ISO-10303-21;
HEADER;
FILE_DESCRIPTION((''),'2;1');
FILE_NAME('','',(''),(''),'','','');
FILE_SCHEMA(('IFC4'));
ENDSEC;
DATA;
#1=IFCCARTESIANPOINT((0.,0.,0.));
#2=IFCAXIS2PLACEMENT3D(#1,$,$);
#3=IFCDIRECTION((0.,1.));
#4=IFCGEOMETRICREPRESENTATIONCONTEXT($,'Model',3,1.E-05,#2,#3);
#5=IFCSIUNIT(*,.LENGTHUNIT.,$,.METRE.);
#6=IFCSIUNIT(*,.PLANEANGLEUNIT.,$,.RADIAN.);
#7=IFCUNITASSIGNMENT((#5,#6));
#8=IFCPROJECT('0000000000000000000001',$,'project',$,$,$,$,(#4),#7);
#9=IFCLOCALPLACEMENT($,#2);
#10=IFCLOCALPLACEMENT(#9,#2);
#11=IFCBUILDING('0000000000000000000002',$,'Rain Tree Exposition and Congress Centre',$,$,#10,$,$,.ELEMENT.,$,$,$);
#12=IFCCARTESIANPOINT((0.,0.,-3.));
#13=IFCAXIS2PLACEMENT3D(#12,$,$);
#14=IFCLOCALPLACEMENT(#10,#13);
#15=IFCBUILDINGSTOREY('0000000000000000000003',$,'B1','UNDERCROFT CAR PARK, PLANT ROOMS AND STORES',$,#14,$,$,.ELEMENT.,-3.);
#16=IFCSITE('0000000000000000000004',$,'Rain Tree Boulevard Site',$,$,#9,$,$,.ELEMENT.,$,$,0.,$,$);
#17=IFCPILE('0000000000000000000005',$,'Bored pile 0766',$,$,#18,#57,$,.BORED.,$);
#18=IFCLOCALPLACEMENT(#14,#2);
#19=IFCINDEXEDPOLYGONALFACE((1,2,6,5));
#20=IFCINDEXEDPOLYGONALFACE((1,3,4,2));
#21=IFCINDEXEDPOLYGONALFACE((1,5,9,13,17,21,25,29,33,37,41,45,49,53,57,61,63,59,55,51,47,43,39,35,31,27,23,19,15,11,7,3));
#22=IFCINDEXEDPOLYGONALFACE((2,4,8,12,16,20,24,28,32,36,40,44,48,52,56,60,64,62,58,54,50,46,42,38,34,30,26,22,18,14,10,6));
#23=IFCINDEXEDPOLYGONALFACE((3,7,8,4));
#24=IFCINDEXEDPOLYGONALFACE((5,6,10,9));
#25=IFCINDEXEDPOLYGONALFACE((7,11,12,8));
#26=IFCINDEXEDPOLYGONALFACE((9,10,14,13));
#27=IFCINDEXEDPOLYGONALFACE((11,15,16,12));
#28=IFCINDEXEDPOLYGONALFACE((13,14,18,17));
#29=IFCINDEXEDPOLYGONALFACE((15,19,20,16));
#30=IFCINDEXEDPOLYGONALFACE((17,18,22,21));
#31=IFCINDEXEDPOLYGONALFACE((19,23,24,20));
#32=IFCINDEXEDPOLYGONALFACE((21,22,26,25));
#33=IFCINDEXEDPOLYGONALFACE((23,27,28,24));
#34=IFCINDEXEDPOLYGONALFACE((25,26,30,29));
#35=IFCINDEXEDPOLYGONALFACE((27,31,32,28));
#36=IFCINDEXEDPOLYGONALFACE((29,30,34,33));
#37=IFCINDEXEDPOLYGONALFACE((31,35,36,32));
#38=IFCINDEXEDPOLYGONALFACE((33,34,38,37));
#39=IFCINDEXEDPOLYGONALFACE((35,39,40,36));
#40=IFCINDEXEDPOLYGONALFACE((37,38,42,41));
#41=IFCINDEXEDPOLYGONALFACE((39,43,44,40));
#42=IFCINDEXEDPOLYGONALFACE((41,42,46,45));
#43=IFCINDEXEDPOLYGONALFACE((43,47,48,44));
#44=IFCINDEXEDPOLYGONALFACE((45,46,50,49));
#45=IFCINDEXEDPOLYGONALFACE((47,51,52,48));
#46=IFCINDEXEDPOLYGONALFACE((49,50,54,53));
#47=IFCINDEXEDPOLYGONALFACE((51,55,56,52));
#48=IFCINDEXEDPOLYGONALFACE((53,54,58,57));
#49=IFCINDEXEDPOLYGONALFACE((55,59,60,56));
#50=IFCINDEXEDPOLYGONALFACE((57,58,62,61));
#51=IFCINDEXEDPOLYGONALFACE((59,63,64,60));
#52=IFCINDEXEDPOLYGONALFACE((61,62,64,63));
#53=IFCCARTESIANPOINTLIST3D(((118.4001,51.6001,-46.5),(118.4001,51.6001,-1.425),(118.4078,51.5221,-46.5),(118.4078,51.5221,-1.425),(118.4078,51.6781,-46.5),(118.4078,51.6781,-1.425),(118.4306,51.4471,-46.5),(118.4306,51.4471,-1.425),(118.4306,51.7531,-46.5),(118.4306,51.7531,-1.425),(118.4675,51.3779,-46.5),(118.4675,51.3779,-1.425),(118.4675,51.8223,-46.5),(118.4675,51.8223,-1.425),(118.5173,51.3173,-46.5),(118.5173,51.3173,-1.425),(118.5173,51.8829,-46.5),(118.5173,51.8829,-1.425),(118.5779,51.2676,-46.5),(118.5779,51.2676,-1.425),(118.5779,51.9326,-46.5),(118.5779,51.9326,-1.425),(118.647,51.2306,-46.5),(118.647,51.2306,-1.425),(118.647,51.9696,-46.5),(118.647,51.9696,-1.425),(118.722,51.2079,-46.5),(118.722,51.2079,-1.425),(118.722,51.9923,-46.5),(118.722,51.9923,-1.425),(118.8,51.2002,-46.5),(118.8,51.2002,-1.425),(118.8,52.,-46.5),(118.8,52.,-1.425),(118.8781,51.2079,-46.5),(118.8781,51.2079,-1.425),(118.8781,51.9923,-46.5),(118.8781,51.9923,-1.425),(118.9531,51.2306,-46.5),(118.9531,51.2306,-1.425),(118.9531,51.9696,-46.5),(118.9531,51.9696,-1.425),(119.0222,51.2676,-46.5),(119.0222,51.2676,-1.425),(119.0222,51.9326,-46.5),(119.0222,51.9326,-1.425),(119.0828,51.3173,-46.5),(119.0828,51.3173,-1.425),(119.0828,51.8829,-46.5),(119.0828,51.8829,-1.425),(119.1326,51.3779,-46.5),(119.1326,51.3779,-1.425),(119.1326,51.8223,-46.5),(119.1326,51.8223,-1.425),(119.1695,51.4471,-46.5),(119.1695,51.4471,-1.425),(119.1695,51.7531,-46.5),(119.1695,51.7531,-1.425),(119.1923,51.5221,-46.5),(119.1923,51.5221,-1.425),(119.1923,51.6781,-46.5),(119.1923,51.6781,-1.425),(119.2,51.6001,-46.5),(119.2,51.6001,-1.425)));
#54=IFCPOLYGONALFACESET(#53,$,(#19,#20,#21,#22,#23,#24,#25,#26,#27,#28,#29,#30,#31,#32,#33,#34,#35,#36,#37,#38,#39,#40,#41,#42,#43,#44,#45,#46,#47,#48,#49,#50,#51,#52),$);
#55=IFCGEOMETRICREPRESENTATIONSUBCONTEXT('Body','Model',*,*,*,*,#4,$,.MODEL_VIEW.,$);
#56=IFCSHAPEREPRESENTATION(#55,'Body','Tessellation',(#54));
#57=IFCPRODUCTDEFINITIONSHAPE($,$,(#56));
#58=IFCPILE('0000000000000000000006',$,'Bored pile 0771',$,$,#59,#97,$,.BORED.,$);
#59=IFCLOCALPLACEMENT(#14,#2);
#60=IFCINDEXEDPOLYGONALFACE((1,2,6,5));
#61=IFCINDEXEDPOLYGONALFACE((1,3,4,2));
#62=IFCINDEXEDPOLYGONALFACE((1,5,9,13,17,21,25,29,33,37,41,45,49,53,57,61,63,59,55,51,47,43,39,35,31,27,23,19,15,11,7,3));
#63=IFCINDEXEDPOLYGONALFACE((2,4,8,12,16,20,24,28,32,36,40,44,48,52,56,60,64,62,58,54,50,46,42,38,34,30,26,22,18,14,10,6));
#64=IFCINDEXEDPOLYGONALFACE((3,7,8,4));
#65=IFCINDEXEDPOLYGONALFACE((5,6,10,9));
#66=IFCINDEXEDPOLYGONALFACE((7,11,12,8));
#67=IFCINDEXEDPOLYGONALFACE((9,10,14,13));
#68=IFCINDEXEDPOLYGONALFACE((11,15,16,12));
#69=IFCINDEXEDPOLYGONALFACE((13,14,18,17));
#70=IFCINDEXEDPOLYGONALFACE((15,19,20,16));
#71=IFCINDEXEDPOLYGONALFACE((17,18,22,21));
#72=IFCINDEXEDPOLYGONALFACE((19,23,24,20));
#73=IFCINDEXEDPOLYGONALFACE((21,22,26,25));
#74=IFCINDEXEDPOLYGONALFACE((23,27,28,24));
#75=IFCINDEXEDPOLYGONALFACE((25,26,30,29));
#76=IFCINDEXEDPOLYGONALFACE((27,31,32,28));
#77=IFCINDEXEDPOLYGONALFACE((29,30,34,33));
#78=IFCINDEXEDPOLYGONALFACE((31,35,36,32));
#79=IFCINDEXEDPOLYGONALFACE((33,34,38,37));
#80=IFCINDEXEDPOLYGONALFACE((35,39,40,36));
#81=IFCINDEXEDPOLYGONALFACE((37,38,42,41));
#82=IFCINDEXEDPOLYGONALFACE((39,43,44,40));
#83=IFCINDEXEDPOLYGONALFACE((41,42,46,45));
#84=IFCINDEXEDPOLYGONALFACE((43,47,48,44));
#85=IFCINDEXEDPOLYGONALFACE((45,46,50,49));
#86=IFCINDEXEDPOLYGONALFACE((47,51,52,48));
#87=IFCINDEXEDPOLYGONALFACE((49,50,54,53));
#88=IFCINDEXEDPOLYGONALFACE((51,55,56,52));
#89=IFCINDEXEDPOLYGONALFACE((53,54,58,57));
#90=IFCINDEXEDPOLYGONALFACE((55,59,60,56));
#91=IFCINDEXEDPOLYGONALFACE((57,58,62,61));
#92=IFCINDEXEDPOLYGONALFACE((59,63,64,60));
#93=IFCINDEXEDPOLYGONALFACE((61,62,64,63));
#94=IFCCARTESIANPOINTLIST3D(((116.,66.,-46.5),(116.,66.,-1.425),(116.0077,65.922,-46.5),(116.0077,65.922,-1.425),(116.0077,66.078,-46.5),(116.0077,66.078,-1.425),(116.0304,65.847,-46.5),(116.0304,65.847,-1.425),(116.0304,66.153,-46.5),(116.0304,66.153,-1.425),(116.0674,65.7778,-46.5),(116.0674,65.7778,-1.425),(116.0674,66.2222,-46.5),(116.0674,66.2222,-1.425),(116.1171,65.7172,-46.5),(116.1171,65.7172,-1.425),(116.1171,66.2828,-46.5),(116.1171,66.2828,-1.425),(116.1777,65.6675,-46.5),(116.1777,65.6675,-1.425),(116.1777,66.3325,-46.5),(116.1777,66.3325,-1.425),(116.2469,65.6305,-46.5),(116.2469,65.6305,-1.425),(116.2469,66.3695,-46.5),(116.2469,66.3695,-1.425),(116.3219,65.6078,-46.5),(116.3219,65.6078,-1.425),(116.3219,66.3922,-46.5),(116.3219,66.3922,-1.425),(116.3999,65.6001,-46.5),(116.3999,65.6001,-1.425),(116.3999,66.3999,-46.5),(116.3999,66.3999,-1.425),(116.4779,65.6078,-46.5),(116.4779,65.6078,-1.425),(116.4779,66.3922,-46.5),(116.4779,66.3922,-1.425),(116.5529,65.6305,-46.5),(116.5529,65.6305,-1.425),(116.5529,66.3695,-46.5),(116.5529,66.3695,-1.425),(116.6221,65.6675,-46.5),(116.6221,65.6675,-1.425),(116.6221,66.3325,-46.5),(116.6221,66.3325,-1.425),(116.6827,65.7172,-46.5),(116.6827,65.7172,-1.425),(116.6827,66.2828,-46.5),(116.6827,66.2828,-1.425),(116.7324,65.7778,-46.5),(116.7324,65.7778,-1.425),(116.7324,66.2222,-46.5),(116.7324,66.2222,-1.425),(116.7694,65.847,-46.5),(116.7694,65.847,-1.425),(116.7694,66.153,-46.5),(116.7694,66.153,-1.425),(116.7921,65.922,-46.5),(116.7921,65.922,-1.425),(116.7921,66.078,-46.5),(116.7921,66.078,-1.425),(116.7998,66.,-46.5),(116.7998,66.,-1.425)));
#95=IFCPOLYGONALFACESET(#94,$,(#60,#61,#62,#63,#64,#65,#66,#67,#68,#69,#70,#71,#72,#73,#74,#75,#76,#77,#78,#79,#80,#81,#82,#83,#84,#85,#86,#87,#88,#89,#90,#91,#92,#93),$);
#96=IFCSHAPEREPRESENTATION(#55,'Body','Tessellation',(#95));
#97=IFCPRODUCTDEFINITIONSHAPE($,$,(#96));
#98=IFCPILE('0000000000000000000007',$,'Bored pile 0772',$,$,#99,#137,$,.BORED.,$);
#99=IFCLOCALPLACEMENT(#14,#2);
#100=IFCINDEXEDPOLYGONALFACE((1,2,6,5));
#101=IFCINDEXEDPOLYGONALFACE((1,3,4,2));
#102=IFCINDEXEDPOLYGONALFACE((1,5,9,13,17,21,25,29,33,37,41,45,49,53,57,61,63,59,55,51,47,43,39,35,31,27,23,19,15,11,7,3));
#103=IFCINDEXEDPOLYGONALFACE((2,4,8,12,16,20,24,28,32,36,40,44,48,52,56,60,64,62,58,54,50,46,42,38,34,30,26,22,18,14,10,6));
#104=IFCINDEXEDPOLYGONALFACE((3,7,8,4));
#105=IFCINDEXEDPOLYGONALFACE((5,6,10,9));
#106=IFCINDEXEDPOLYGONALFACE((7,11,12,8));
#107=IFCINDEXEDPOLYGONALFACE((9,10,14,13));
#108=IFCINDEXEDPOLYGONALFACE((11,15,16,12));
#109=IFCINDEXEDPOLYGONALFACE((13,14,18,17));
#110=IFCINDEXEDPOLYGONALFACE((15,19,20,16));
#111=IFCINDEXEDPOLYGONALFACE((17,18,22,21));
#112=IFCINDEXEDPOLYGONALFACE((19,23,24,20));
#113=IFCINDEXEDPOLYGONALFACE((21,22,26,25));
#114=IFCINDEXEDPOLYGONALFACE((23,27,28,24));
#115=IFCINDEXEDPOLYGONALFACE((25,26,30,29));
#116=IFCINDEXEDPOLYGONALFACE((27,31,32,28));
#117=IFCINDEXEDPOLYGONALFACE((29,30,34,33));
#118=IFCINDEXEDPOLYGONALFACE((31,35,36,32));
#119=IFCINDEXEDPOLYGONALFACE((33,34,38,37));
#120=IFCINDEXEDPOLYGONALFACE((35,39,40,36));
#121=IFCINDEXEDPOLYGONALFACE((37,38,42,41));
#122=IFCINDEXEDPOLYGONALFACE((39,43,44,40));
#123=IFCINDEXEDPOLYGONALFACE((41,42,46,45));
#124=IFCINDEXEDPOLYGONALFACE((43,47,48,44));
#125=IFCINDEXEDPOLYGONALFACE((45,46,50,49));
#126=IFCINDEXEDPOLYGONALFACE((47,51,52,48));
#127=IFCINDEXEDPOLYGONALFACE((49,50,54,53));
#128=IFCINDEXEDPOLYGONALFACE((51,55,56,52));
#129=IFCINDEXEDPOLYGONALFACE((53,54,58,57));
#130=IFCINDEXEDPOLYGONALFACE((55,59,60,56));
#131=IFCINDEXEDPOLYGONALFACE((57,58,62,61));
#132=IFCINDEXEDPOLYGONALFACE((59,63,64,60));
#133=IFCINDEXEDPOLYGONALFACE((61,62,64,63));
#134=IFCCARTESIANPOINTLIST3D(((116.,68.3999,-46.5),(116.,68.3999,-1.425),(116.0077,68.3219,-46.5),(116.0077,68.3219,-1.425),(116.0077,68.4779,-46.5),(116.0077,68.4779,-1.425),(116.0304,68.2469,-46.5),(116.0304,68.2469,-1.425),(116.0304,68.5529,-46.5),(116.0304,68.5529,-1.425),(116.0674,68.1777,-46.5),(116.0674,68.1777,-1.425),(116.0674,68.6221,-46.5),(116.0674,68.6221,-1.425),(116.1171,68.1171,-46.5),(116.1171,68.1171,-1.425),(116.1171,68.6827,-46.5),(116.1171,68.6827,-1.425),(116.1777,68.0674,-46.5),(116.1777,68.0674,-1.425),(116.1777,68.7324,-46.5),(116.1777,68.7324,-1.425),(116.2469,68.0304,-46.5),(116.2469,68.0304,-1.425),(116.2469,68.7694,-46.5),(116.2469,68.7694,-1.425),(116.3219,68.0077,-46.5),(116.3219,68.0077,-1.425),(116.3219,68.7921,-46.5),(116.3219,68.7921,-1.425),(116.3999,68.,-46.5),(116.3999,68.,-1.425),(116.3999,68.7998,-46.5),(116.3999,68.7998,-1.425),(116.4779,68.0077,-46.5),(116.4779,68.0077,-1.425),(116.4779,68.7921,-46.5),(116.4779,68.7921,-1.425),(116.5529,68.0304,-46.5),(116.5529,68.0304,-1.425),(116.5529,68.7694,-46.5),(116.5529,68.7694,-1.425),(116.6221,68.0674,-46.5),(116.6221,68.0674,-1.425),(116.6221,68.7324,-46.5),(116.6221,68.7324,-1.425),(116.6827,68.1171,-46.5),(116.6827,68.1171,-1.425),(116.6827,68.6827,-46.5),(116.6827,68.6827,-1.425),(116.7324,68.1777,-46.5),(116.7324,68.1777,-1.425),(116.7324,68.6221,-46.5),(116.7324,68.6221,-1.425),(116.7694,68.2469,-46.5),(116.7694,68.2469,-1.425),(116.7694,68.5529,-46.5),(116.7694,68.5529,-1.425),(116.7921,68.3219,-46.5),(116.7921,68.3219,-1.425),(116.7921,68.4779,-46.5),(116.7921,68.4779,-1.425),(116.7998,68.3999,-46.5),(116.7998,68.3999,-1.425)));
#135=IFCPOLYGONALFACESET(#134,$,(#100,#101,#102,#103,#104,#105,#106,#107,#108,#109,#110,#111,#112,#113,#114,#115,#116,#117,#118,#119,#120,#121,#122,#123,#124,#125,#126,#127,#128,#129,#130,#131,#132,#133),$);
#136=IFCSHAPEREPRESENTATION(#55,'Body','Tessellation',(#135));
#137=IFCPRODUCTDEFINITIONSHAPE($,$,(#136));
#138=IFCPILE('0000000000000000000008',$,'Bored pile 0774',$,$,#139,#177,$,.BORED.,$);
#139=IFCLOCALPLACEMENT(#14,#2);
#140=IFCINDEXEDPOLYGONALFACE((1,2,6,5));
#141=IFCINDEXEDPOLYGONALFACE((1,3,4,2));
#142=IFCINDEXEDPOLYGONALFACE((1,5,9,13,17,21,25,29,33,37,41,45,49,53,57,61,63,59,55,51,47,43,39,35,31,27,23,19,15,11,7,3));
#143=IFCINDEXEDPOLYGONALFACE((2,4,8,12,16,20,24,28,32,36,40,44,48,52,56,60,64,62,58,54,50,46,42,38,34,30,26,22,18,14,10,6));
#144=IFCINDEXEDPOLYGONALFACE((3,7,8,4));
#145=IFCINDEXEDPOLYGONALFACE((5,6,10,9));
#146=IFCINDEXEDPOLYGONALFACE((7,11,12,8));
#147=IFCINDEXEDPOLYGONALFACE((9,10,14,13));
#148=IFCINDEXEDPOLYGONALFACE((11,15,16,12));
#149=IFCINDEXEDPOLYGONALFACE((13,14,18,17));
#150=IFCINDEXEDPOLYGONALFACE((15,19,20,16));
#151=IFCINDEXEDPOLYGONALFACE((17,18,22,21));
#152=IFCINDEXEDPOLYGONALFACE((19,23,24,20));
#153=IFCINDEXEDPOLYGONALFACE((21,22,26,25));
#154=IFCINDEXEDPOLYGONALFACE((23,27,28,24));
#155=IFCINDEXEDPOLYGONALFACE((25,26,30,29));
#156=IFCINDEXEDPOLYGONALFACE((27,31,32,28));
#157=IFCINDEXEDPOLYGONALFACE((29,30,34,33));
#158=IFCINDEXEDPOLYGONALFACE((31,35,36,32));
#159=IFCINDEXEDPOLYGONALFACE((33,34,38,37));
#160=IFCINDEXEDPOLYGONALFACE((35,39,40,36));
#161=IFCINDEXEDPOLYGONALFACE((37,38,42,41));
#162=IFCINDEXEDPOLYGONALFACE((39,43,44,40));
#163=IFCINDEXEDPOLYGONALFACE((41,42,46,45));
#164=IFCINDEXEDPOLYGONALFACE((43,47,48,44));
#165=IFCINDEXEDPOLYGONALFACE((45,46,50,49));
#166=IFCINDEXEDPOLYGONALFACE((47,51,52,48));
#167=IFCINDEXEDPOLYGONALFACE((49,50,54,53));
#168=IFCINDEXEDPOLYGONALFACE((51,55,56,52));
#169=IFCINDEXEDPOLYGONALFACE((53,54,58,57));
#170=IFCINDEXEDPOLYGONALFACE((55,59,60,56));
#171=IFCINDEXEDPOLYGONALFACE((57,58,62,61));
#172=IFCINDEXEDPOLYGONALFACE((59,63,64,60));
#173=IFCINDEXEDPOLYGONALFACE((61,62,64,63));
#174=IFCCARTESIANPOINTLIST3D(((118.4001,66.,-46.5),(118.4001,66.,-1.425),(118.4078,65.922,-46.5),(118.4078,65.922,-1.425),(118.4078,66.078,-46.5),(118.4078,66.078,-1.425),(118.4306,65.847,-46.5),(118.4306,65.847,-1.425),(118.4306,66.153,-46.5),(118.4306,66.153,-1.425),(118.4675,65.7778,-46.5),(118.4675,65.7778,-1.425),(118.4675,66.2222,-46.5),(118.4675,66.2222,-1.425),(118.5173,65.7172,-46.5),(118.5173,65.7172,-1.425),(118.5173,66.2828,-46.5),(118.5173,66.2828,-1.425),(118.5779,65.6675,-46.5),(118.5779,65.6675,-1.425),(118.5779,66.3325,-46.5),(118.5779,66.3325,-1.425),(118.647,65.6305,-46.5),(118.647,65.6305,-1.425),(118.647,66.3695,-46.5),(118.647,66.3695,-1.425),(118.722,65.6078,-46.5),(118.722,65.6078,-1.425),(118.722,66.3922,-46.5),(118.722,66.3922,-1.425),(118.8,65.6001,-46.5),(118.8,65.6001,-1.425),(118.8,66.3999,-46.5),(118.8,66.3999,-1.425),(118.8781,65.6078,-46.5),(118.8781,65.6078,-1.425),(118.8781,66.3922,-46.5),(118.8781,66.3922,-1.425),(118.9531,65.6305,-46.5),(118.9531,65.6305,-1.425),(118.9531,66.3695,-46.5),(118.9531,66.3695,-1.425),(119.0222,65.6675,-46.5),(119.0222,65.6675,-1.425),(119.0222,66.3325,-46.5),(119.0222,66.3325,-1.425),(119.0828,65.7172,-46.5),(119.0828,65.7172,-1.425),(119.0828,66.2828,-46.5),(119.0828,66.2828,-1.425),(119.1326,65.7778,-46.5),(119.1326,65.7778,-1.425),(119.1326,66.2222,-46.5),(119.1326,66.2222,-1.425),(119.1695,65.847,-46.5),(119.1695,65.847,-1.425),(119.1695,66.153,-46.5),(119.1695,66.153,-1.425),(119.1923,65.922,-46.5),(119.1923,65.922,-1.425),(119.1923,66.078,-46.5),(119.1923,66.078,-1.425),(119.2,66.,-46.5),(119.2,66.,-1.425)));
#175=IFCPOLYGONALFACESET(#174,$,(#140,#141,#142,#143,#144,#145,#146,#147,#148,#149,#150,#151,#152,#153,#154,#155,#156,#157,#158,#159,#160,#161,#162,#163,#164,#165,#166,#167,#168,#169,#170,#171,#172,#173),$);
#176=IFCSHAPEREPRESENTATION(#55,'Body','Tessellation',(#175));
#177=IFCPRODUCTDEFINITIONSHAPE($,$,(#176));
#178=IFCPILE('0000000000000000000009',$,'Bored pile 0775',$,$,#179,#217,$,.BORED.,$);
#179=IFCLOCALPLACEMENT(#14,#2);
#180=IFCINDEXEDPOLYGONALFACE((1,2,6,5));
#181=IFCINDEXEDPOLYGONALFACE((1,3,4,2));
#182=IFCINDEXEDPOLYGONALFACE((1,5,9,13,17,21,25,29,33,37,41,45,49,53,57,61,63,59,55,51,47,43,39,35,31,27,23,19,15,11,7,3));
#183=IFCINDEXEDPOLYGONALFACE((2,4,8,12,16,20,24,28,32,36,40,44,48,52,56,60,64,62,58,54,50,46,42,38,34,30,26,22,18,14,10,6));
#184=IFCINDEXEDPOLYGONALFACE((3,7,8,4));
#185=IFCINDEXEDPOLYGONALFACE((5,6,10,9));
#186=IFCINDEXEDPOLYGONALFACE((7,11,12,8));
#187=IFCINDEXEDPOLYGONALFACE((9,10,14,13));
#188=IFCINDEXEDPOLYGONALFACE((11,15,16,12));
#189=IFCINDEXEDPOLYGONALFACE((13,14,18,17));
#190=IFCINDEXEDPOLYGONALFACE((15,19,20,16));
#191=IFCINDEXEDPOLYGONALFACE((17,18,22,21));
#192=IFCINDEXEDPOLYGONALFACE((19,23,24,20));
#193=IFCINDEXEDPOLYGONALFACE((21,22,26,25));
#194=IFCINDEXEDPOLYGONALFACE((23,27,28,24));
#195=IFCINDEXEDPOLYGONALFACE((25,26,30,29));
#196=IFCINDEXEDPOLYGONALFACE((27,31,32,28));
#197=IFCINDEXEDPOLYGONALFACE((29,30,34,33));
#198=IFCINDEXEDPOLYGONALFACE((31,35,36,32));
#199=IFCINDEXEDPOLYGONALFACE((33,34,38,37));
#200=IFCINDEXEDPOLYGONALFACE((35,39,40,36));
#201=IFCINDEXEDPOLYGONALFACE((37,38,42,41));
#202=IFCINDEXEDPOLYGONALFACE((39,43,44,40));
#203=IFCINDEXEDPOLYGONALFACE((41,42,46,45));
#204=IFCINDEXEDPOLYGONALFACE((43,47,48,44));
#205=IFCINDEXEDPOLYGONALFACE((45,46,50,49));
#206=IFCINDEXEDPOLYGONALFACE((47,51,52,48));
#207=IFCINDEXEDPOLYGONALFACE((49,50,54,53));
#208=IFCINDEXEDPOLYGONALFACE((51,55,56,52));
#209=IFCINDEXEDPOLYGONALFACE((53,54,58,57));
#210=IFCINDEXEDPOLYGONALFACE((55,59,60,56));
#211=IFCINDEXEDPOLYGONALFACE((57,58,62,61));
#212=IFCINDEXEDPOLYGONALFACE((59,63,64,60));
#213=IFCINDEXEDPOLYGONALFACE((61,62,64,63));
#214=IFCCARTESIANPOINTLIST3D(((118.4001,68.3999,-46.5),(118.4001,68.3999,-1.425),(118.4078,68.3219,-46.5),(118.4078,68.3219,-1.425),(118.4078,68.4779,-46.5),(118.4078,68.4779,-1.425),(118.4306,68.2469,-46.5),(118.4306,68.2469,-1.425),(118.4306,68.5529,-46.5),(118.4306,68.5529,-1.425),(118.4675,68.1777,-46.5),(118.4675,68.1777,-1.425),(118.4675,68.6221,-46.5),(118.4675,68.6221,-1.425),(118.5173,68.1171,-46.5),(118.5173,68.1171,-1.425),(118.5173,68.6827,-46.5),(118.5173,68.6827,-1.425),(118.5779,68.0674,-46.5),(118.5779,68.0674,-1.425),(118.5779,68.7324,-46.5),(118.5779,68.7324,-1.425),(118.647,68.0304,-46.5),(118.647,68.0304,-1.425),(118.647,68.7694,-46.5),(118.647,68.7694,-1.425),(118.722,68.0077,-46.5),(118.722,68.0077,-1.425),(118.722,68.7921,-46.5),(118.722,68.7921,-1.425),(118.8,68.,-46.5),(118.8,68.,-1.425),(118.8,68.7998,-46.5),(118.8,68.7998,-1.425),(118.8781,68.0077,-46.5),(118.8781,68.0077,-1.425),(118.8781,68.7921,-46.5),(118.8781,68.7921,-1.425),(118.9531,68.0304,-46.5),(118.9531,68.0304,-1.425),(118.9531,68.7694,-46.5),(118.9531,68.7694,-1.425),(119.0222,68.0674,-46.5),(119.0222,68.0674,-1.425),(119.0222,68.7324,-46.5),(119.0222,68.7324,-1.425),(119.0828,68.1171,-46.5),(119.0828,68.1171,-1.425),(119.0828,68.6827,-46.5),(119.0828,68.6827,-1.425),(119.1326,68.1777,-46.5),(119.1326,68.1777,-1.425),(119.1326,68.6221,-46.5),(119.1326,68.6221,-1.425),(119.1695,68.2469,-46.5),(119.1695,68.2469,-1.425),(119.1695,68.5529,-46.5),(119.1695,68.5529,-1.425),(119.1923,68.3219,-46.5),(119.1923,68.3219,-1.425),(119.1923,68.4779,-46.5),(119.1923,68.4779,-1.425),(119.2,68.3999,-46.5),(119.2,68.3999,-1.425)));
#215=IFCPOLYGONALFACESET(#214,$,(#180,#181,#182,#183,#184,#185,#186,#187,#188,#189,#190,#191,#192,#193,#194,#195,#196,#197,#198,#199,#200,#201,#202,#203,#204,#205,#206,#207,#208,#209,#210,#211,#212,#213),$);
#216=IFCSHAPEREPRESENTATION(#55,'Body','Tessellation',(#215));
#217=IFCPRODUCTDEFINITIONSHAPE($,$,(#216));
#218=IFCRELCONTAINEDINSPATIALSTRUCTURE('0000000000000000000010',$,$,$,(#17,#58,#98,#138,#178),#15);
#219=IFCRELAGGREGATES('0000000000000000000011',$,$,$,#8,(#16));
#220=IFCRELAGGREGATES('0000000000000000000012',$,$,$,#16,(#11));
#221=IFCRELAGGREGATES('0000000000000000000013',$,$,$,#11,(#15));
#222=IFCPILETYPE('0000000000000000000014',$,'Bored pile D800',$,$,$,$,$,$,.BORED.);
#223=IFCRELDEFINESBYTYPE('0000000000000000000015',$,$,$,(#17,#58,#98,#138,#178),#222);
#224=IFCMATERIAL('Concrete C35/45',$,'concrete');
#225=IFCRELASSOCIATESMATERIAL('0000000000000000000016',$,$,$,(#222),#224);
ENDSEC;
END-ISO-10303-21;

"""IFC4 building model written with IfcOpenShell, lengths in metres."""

from ifc_helpers import new_model, si_unit, direction, frame, origin, origin_2d, place, context, subcontext, project, spatial, circle, extrude, material, material_profile, profile_set, type_object, element, save


model = new_model("IFC4")

# Units and contexts
model_context = context("Model", 3, precision=1e-05, world=origin(), true_north=direction((0.0, 1.0)))
body_context = subcontext(model_context, "Body", "Model", "MODEL_VIEW")
ifc_project = project(units=[si_unit("LENGTHUNIT", "METRE"), si_unit("PLANEANGLEUNIT", "RADIAN")], contexts=[model_context])

# Site, building, storey
site_placement = place(None, origin())
site = spatial("IfcSite", under=ifc_project, at=site_placement, Name="Rain Tree Boulevard Site", CompositionType="ELEMENT", RefElevation=0.0)
building_placement = place(site_placement, origin())
building = spatial("IfcBuilding", under=site, at=building_placement, Name="Rain Tree Exposition and Congress Centre", CompositionType="ELEMENT")
storey_placement = place(building_placement, frame((0.0, 0.0, -3.0)))
storey = spatial("IfcBuildingStorey", under=building, at=storey_placement, Name="B1", Description="UNDERCROFT CAR PARK, PLANT ROOMS AND STORES", CompositionType="ELEMENT", Elevation=-3.0)

# Piles
ifc_material_1 = material(Name="Concrete C35/45", Category="concrete")
ifc_material_profile_1 = material_profile(ifc_material_1, circle(Radius=0.3999, at=origin_2d()), Name="D800")
ifc_profile_set_1 = profile_set([ifc_material_profile_1], Name="Concrete C35/45")
pile_type_1 = type_object("IfcPileType", Name="Bored pile D800", PredefinedType="BORED", material=ifc_profile_set_1)
for number, where, z_axis, x_axis, name in (
    (1, (118.8, 51.6001, -1.425), (0.0, 0.0, -1.0), (1.0, 0.0, 0.0), "Bored pile 0766"),
    (2, (116.3999, 66.0, -1.425), (0.0, 0.0, -1.0), (1.0, 0.0, 0.0), "Bored pile 0771"),
    (3, (116.3999, 68.3999, -1.425), (0.0, 0.0, -1.0), (1.0, 0.0, 0.0), "Bored pile 0772"),
    (4, (118.8, 66.0, -1.425), (0.0, 0.0, -1.0), (1.0, 0.0, 0.0), "Bored pile 0774"),
    (5, (118.8, 68.3999, -1.425), (0.0, 0.0, -1.0), (1.0, 0.0, 0.0), "Bored pile 0775"),
):
    element("IfcPile", number, at=place(storey_placement, frame(where, z_axis=z_axis, x_axis=x_axis)), inside=storey, type_object=pile_type_1, Name=name, PredefinedType="BORED", context=body_context, shape_type="SweptSolid", body=[
        extrude(circle(Radius=0.3999, at=origin_2d()), origin(), (0.0, 0.0, 1.0), 45.075),
    ])

save(model, "model.ifc")
